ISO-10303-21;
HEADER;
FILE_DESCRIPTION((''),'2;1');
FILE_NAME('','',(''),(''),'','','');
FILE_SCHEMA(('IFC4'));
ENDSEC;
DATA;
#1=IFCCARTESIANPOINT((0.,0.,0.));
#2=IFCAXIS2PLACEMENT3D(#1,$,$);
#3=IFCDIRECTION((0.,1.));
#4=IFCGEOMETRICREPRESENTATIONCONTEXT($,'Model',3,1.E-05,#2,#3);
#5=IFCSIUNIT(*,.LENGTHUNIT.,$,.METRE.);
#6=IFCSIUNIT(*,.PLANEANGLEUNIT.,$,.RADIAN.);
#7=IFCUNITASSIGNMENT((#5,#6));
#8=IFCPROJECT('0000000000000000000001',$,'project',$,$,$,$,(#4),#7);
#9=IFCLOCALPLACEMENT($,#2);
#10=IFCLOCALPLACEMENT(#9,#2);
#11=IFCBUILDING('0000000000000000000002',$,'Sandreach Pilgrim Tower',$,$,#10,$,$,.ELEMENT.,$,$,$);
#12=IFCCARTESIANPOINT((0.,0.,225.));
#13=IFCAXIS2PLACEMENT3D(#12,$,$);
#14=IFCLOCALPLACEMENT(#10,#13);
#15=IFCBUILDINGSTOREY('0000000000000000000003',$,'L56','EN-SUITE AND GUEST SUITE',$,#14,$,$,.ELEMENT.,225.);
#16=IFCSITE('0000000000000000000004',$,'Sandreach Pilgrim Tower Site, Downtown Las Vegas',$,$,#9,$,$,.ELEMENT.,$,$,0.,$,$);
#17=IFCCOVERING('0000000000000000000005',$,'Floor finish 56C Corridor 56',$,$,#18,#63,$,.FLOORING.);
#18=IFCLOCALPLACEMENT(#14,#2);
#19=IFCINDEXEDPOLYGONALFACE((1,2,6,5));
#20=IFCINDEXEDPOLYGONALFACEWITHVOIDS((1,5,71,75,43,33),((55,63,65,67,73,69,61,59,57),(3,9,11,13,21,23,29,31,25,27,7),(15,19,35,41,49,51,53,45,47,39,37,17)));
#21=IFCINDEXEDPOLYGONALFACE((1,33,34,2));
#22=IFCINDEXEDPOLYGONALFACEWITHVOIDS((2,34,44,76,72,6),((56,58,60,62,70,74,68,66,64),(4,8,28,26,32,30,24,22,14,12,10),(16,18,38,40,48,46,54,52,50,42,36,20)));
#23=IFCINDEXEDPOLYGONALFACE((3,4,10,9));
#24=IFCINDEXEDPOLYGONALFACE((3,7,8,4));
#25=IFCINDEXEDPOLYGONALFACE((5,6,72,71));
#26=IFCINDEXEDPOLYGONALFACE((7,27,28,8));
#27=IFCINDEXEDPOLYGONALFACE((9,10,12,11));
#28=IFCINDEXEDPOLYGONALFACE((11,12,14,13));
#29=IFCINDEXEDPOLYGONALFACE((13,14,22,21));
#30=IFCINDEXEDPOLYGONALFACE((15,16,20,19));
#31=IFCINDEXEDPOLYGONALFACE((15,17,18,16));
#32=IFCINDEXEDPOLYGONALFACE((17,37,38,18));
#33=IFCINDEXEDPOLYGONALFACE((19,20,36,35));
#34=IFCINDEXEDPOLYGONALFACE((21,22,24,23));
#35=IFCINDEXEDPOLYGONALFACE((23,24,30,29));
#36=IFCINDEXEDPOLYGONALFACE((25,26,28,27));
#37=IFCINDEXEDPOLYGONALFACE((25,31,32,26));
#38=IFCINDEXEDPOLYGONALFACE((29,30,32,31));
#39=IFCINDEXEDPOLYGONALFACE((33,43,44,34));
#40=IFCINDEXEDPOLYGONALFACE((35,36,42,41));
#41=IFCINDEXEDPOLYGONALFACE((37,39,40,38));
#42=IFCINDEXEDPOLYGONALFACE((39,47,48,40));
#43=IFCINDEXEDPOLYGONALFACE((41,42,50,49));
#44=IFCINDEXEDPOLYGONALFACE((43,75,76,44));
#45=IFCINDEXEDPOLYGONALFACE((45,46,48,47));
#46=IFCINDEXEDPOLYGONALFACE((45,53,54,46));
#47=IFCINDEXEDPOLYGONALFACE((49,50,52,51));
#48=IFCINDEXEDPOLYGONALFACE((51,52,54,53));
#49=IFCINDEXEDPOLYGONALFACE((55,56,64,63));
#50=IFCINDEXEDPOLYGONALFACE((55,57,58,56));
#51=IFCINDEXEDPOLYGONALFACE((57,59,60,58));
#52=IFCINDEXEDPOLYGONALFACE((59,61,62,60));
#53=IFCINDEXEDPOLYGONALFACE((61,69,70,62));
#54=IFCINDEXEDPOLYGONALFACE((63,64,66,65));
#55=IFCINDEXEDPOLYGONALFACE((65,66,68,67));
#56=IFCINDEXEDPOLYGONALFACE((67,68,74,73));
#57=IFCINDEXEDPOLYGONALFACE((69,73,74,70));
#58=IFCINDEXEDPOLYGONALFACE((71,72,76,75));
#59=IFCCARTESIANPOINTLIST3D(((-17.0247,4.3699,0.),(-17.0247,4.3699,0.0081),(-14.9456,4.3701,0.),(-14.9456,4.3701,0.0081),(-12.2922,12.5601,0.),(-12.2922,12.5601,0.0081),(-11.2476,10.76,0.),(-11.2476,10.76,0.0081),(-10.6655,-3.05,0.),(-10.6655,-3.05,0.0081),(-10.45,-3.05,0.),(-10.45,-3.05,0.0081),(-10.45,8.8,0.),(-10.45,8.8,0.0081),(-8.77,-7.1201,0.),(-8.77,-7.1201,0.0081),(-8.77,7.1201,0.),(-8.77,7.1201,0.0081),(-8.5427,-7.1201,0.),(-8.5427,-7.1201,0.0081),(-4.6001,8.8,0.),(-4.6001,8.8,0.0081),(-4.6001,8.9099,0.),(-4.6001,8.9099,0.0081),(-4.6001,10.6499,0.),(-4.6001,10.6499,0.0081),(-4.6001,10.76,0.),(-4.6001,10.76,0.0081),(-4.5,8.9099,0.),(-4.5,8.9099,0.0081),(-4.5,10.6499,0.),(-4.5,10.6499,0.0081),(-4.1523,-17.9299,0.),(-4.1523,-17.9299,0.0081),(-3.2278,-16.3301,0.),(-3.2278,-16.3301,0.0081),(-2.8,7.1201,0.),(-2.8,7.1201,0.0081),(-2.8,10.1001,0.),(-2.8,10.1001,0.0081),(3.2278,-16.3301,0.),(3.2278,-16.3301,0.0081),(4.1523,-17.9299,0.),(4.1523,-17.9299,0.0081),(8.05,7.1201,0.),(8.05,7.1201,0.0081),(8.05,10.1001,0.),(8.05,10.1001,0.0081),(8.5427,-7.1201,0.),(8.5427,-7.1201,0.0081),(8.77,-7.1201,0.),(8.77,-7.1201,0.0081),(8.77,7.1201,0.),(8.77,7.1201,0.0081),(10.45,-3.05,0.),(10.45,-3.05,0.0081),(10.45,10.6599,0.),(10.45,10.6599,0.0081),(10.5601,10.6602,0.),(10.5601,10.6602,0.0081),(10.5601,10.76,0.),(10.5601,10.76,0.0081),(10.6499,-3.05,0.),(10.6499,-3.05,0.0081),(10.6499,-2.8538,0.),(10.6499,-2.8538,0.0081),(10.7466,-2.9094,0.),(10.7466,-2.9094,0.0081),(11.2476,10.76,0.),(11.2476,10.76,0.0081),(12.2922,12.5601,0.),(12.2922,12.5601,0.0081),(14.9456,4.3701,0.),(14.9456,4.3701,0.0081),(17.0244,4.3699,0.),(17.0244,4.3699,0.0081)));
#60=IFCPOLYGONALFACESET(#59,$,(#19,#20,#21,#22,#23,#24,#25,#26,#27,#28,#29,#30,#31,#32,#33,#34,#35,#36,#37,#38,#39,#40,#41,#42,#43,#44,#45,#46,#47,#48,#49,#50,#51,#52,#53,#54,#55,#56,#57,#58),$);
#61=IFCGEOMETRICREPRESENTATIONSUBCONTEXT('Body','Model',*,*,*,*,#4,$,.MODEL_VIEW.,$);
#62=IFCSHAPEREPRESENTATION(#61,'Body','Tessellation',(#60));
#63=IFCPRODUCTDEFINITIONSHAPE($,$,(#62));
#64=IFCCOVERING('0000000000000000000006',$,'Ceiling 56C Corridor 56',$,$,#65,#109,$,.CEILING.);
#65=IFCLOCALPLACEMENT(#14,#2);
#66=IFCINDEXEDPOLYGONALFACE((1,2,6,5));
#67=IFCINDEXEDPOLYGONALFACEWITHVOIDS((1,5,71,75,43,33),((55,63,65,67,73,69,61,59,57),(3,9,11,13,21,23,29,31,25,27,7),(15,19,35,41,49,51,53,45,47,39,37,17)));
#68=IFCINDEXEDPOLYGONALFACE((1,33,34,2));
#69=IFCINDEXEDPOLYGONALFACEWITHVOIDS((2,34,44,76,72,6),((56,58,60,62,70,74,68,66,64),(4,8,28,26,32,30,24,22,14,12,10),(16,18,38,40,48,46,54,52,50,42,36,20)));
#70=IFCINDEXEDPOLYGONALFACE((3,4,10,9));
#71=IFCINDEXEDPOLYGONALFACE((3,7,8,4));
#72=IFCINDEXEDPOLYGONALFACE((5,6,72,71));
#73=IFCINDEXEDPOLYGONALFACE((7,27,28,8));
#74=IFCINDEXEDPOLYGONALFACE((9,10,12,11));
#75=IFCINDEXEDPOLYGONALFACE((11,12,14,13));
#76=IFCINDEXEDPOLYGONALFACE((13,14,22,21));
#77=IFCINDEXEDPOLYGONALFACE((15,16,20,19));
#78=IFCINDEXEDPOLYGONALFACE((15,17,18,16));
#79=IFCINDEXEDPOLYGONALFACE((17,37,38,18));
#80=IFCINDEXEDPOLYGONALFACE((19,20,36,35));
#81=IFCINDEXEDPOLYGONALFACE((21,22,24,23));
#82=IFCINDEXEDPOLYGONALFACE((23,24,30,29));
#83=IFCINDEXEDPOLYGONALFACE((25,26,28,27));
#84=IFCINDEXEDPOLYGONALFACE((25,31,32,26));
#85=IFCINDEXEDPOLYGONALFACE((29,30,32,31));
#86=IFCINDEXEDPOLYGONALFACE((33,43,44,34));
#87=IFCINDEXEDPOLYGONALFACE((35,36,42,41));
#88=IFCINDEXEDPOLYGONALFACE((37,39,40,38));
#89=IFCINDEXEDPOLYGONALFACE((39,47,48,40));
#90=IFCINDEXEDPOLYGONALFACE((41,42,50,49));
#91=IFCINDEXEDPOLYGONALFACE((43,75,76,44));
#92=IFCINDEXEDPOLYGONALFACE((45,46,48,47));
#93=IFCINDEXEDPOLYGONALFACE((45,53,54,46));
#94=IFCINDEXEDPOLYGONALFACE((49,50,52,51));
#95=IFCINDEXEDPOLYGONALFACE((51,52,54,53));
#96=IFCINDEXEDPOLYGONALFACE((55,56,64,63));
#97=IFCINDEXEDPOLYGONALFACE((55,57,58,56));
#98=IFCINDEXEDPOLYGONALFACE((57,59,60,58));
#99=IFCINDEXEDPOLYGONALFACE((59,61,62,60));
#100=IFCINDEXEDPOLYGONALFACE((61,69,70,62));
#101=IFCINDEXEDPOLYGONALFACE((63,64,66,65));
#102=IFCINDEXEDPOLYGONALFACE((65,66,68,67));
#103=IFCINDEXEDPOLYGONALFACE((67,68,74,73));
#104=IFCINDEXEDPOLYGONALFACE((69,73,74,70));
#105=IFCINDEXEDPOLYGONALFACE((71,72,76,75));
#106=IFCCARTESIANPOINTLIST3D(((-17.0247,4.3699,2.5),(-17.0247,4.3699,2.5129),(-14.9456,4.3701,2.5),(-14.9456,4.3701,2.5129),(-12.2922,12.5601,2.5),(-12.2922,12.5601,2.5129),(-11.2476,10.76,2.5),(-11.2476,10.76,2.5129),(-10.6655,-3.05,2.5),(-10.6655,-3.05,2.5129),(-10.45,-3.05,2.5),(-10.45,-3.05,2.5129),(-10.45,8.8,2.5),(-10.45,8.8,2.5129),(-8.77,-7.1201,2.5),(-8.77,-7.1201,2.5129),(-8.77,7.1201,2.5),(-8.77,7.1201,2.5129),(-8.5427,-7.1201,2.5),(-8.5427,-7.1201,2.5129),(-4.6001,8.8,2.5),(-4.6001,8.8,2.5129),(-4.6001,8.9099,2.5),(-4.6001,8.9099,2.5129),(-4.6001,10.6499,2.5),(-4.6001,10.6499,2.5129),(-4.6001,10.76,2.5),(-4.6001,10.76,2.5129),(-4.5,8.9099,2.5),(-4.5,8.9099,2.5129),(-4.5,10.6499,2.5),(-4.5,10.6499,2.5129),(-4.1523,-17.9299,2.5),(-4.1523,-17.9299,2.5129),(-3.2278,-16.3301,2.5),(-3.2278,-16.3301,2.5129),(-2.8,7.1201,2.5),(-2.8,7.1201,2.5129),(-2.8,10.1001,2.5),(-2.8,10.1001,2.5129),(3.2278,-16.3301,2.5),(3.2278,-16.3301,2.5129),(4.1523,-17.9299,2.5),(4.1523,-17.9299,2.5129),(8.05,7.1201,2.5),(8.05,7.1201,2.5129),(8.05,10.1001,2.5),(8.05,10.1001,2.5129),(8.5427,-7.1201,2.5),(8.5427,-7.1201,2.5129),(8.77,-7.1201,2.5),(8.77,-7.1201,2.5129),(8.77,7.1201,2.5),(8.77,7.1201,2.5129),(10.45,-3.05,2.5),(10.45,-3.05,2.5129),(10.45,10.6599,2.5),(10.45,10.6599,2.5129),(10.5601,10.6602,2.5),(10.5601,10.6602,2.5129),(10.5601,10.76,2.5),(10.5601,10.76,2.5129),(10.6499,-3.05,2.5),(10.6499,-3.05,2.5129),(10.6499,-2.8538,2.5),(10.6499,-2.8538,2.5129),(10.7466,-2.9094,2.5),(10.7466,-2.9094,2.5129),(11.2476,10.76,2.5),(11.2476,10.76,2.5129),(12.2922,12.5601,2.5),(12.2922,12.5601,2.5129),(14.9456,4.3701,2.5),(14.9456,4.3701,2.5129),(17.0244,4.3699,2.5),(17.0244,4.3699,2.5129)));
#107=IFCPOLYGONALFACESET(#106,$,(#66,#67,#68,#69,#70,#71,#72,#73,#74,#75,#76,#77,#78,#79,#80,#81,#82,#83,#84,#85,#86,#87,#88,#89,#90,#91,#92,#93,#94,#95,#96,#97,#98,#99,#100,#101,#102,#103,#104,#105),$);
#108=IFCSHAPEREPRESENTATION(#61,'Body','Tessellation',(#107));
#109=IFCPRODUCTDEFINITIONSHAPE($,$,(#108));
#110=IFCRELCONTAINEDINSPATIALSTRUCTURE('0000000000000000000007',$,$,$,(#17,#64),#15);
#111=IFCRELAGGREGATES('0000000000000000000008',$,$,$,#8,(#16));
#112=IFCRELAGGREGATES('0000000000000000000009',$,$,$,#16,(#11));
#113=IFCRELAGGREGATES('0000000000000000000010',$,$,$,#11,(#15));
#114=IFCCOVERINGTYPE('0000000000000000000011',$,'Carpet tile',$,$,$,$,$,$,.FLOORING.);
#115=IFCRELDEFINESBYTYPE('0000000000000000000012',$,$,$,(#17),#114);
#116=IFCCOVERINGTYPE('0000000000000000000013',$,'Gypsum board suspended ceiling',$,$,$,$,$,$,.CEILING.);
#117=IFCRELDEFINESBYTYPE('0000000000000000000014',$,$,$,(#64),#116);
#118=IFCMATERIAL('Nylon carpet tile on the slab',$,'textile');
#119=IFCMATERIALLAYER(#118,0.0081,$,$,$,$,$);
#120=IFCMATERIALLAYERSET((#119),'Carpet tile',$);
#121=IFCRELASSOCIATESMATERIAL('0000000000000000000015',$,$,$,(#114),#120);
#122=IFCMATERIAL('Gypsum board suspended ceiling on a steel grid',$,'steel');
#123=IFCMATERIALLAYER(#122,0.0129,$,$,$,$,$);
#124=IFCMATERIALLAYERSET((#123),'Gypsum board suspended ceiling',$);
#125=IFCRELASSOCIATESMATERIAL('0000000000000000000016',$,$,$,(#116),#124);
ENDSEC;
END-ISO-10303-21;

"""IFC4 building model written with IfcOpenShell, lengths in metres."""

from ifc_helpers import new_model, si_unit, direction, frame, origin, place, context, subcontext, project, spatial, polyline, outline, extrude, material, layer, layer_set, type_object, element, save


model = new_model("IFC4")

# Units and contexts
model_context = context("Model", 3, precision=1e-05, world=origin(), true_north=direction((0.0, 1.0)))
body_context = subcontext(model_context, "Body", "Model", "MODEL_VIEW")
ifc_project = project(units=[si_unit("LENGTHUNIT", "METRE"), si_unit("PLANEANGLEUNIT", "RADIAN")], contexts=[model_context])

# Site, building, storey
site_placement = place(None, origin())
site = spatial("IfcSite", under=ifc_project, at=site_placement, Name="Sandreach Pilgrim Tower Site, Downtown Las Vegas", CompositionType="ELEMENT", RefElevation=0.0)
building_placement = place(site_placement, origin())
building = spatial("IfcBuilding", under=site, at=building_placement, Name="Sandreach Pilgrim Tower", CompositionType="ELEMENT")
storey_placement = place(building_placement, frame((0.0, 0.0, 225.0)))
storey = spatial("IfcBuildingStorey", under=building, at=storey_placement, Name="L56", Description="EN-SUITE AND GUEST SUITE", CompositionType="ELEMENT", Elevation=225.0)

# Coverings
ifc_material_1 = material(Name="Nylon carpet tile on the slab", Category="textile")
ifc_layer_1 = layer(ifc_material_1, 0.0081)
ifc_layer_set_1 = layer_set([ifc_layer_1], Name="Carpet tile")
covering_type_1 = type_object("IfcCoveringType", Name="Carpet tile", PredefinedType="FLOORING", material=ifc_layer_set_1)
covering_1_placement = place(storey_placement, origin())
element("IfcCovering", 1, at=covering_1_placement, inside=storey, type_object=covering_type_1, Name="Floor finish 56C Corridor 56", PredefinedType="FLOORING", context=body_context, shape_type="SweptSolid", body=[
    extrude(outline(polyline([(-4.1523, -17.9299), (-17.0247, 4.3699), (-12.2922, 12.5601), (12.2922, 12.5601), (17.0244, 4.3699), (4.1523, -17.9299), (-4.1523, -17.9299)]), holes=[polyline([(10.45, -3.05), (10.6499, -3.05), (10.6499, -2.8538), (10.7466, -2.9094), (14.9456, 4.3701), (11.2476, 10.76), (10.5601, 10.76), (10.5601, 10.6602), (10.45, 10.6599), (10.45, -3.05)]), polyline([(-3.2278, -16.3301), (3.2278, -16.3301), (8.5427, -7.1201), (8.77, -7.1201), (8.77, 7.1201), (8.05, 7.1201), (8.05, 10.1001), (-2.8, 10.1001), (-2.8, 7.1201), (-8.77, 7.1201), (-8.77, -7.1201), (-8.5427, -7.1201), (-3.2278, -16.3301)]), polyline([(-14.9456, 4.3701), (-10.6655, -3.05), (-10.45, -3.05), (-10.45, 8.8), (-4.6001, 8.8), (-4.6001, 8.9099), (-4.5, 8.9099), (-4.5, 10.6499), (-4.6001, 10.6499), (-4.6001, 10.76), (-11.2476, 10.76), (-14.9456, 4.3701)])]), origin(), (0.0, 0.0, 1.0), 0.0081),
])
ifc_material_2 = material(Name="Gypsum board suspended ceiling on a steel grid", Category="steel")
ifc_layer_2 = layer(ifc_material_2, 0.0129)
ifc_layer_set_2 = layer_set([ifc_layer_2], Name="Gypsum board suspended ceiling")
covering_type_2 = type_object("IfcCoveringType", Name="Gypsum board suspended ceiling", PredefinedType="CEILING", material=ifc_layer_set_2)
covering_2_placement = place(storey_placement, frame((0.0, 0.0, 2.5)))
element("IfcCovering", 2, at=covering_2_placement, inside=storey, type_object=covering_type_2, Name="Ceiling 56C Corridor 56", PredefinedType="CEILING", context=body_context, shape_type="SweptSolid", body=[
    extrude(outline(polyline([(-4.1523, -17.9299), (-17.0247, 4.3699), (-12.2922, 12.5601), (12.2922, 12.5601), (17.0244, 4.3699), (4.1523, -17.9299), (-4.1523, -17.9299)]), holes=[polyline([(10.45, -3.05), (10.6499, -3.05), (10.6499, -2.8538), (10.7466, -2.9094), (14.9456, 4.3701), (11.2476, 10.76), (10.5601, 10.76), (10.5601, 10.6602), (10.45, 10.6599), (10.45, -3.05)]), polyline([(-3.2278, -16.3301), (3.2278, -16.3301), (8.5427, -7.1201), (8.77, -7.1201), (8.77, 7.1201), (8.05, 7.1201), (8.05, 10.1001), (-2.8, 10.1001), (-2.8, 7.1201), (-8.77, 7.1201), (-8.77, -7.1201), (-8.5427, -7.1201), (-3.2278, -16.3301)]), polyline([(-14.9456, 4.3701), (-10.6655, -3.05), (-10.45, -3.05), (-10.45, 8.8), (-4.6001, 8.8), (-4.6001, 8.9099), (-4.5, 8.9099), (-4.5, 10.6499), (-4.6001, 10.6499), (-4.6001, 10.76), (-11.2476, 10.76), (-14.9456, 4.3701)])]), origin(), (0.0, 0.0, 1.0), 0.0129),
])

save(model, "model.ifc")
